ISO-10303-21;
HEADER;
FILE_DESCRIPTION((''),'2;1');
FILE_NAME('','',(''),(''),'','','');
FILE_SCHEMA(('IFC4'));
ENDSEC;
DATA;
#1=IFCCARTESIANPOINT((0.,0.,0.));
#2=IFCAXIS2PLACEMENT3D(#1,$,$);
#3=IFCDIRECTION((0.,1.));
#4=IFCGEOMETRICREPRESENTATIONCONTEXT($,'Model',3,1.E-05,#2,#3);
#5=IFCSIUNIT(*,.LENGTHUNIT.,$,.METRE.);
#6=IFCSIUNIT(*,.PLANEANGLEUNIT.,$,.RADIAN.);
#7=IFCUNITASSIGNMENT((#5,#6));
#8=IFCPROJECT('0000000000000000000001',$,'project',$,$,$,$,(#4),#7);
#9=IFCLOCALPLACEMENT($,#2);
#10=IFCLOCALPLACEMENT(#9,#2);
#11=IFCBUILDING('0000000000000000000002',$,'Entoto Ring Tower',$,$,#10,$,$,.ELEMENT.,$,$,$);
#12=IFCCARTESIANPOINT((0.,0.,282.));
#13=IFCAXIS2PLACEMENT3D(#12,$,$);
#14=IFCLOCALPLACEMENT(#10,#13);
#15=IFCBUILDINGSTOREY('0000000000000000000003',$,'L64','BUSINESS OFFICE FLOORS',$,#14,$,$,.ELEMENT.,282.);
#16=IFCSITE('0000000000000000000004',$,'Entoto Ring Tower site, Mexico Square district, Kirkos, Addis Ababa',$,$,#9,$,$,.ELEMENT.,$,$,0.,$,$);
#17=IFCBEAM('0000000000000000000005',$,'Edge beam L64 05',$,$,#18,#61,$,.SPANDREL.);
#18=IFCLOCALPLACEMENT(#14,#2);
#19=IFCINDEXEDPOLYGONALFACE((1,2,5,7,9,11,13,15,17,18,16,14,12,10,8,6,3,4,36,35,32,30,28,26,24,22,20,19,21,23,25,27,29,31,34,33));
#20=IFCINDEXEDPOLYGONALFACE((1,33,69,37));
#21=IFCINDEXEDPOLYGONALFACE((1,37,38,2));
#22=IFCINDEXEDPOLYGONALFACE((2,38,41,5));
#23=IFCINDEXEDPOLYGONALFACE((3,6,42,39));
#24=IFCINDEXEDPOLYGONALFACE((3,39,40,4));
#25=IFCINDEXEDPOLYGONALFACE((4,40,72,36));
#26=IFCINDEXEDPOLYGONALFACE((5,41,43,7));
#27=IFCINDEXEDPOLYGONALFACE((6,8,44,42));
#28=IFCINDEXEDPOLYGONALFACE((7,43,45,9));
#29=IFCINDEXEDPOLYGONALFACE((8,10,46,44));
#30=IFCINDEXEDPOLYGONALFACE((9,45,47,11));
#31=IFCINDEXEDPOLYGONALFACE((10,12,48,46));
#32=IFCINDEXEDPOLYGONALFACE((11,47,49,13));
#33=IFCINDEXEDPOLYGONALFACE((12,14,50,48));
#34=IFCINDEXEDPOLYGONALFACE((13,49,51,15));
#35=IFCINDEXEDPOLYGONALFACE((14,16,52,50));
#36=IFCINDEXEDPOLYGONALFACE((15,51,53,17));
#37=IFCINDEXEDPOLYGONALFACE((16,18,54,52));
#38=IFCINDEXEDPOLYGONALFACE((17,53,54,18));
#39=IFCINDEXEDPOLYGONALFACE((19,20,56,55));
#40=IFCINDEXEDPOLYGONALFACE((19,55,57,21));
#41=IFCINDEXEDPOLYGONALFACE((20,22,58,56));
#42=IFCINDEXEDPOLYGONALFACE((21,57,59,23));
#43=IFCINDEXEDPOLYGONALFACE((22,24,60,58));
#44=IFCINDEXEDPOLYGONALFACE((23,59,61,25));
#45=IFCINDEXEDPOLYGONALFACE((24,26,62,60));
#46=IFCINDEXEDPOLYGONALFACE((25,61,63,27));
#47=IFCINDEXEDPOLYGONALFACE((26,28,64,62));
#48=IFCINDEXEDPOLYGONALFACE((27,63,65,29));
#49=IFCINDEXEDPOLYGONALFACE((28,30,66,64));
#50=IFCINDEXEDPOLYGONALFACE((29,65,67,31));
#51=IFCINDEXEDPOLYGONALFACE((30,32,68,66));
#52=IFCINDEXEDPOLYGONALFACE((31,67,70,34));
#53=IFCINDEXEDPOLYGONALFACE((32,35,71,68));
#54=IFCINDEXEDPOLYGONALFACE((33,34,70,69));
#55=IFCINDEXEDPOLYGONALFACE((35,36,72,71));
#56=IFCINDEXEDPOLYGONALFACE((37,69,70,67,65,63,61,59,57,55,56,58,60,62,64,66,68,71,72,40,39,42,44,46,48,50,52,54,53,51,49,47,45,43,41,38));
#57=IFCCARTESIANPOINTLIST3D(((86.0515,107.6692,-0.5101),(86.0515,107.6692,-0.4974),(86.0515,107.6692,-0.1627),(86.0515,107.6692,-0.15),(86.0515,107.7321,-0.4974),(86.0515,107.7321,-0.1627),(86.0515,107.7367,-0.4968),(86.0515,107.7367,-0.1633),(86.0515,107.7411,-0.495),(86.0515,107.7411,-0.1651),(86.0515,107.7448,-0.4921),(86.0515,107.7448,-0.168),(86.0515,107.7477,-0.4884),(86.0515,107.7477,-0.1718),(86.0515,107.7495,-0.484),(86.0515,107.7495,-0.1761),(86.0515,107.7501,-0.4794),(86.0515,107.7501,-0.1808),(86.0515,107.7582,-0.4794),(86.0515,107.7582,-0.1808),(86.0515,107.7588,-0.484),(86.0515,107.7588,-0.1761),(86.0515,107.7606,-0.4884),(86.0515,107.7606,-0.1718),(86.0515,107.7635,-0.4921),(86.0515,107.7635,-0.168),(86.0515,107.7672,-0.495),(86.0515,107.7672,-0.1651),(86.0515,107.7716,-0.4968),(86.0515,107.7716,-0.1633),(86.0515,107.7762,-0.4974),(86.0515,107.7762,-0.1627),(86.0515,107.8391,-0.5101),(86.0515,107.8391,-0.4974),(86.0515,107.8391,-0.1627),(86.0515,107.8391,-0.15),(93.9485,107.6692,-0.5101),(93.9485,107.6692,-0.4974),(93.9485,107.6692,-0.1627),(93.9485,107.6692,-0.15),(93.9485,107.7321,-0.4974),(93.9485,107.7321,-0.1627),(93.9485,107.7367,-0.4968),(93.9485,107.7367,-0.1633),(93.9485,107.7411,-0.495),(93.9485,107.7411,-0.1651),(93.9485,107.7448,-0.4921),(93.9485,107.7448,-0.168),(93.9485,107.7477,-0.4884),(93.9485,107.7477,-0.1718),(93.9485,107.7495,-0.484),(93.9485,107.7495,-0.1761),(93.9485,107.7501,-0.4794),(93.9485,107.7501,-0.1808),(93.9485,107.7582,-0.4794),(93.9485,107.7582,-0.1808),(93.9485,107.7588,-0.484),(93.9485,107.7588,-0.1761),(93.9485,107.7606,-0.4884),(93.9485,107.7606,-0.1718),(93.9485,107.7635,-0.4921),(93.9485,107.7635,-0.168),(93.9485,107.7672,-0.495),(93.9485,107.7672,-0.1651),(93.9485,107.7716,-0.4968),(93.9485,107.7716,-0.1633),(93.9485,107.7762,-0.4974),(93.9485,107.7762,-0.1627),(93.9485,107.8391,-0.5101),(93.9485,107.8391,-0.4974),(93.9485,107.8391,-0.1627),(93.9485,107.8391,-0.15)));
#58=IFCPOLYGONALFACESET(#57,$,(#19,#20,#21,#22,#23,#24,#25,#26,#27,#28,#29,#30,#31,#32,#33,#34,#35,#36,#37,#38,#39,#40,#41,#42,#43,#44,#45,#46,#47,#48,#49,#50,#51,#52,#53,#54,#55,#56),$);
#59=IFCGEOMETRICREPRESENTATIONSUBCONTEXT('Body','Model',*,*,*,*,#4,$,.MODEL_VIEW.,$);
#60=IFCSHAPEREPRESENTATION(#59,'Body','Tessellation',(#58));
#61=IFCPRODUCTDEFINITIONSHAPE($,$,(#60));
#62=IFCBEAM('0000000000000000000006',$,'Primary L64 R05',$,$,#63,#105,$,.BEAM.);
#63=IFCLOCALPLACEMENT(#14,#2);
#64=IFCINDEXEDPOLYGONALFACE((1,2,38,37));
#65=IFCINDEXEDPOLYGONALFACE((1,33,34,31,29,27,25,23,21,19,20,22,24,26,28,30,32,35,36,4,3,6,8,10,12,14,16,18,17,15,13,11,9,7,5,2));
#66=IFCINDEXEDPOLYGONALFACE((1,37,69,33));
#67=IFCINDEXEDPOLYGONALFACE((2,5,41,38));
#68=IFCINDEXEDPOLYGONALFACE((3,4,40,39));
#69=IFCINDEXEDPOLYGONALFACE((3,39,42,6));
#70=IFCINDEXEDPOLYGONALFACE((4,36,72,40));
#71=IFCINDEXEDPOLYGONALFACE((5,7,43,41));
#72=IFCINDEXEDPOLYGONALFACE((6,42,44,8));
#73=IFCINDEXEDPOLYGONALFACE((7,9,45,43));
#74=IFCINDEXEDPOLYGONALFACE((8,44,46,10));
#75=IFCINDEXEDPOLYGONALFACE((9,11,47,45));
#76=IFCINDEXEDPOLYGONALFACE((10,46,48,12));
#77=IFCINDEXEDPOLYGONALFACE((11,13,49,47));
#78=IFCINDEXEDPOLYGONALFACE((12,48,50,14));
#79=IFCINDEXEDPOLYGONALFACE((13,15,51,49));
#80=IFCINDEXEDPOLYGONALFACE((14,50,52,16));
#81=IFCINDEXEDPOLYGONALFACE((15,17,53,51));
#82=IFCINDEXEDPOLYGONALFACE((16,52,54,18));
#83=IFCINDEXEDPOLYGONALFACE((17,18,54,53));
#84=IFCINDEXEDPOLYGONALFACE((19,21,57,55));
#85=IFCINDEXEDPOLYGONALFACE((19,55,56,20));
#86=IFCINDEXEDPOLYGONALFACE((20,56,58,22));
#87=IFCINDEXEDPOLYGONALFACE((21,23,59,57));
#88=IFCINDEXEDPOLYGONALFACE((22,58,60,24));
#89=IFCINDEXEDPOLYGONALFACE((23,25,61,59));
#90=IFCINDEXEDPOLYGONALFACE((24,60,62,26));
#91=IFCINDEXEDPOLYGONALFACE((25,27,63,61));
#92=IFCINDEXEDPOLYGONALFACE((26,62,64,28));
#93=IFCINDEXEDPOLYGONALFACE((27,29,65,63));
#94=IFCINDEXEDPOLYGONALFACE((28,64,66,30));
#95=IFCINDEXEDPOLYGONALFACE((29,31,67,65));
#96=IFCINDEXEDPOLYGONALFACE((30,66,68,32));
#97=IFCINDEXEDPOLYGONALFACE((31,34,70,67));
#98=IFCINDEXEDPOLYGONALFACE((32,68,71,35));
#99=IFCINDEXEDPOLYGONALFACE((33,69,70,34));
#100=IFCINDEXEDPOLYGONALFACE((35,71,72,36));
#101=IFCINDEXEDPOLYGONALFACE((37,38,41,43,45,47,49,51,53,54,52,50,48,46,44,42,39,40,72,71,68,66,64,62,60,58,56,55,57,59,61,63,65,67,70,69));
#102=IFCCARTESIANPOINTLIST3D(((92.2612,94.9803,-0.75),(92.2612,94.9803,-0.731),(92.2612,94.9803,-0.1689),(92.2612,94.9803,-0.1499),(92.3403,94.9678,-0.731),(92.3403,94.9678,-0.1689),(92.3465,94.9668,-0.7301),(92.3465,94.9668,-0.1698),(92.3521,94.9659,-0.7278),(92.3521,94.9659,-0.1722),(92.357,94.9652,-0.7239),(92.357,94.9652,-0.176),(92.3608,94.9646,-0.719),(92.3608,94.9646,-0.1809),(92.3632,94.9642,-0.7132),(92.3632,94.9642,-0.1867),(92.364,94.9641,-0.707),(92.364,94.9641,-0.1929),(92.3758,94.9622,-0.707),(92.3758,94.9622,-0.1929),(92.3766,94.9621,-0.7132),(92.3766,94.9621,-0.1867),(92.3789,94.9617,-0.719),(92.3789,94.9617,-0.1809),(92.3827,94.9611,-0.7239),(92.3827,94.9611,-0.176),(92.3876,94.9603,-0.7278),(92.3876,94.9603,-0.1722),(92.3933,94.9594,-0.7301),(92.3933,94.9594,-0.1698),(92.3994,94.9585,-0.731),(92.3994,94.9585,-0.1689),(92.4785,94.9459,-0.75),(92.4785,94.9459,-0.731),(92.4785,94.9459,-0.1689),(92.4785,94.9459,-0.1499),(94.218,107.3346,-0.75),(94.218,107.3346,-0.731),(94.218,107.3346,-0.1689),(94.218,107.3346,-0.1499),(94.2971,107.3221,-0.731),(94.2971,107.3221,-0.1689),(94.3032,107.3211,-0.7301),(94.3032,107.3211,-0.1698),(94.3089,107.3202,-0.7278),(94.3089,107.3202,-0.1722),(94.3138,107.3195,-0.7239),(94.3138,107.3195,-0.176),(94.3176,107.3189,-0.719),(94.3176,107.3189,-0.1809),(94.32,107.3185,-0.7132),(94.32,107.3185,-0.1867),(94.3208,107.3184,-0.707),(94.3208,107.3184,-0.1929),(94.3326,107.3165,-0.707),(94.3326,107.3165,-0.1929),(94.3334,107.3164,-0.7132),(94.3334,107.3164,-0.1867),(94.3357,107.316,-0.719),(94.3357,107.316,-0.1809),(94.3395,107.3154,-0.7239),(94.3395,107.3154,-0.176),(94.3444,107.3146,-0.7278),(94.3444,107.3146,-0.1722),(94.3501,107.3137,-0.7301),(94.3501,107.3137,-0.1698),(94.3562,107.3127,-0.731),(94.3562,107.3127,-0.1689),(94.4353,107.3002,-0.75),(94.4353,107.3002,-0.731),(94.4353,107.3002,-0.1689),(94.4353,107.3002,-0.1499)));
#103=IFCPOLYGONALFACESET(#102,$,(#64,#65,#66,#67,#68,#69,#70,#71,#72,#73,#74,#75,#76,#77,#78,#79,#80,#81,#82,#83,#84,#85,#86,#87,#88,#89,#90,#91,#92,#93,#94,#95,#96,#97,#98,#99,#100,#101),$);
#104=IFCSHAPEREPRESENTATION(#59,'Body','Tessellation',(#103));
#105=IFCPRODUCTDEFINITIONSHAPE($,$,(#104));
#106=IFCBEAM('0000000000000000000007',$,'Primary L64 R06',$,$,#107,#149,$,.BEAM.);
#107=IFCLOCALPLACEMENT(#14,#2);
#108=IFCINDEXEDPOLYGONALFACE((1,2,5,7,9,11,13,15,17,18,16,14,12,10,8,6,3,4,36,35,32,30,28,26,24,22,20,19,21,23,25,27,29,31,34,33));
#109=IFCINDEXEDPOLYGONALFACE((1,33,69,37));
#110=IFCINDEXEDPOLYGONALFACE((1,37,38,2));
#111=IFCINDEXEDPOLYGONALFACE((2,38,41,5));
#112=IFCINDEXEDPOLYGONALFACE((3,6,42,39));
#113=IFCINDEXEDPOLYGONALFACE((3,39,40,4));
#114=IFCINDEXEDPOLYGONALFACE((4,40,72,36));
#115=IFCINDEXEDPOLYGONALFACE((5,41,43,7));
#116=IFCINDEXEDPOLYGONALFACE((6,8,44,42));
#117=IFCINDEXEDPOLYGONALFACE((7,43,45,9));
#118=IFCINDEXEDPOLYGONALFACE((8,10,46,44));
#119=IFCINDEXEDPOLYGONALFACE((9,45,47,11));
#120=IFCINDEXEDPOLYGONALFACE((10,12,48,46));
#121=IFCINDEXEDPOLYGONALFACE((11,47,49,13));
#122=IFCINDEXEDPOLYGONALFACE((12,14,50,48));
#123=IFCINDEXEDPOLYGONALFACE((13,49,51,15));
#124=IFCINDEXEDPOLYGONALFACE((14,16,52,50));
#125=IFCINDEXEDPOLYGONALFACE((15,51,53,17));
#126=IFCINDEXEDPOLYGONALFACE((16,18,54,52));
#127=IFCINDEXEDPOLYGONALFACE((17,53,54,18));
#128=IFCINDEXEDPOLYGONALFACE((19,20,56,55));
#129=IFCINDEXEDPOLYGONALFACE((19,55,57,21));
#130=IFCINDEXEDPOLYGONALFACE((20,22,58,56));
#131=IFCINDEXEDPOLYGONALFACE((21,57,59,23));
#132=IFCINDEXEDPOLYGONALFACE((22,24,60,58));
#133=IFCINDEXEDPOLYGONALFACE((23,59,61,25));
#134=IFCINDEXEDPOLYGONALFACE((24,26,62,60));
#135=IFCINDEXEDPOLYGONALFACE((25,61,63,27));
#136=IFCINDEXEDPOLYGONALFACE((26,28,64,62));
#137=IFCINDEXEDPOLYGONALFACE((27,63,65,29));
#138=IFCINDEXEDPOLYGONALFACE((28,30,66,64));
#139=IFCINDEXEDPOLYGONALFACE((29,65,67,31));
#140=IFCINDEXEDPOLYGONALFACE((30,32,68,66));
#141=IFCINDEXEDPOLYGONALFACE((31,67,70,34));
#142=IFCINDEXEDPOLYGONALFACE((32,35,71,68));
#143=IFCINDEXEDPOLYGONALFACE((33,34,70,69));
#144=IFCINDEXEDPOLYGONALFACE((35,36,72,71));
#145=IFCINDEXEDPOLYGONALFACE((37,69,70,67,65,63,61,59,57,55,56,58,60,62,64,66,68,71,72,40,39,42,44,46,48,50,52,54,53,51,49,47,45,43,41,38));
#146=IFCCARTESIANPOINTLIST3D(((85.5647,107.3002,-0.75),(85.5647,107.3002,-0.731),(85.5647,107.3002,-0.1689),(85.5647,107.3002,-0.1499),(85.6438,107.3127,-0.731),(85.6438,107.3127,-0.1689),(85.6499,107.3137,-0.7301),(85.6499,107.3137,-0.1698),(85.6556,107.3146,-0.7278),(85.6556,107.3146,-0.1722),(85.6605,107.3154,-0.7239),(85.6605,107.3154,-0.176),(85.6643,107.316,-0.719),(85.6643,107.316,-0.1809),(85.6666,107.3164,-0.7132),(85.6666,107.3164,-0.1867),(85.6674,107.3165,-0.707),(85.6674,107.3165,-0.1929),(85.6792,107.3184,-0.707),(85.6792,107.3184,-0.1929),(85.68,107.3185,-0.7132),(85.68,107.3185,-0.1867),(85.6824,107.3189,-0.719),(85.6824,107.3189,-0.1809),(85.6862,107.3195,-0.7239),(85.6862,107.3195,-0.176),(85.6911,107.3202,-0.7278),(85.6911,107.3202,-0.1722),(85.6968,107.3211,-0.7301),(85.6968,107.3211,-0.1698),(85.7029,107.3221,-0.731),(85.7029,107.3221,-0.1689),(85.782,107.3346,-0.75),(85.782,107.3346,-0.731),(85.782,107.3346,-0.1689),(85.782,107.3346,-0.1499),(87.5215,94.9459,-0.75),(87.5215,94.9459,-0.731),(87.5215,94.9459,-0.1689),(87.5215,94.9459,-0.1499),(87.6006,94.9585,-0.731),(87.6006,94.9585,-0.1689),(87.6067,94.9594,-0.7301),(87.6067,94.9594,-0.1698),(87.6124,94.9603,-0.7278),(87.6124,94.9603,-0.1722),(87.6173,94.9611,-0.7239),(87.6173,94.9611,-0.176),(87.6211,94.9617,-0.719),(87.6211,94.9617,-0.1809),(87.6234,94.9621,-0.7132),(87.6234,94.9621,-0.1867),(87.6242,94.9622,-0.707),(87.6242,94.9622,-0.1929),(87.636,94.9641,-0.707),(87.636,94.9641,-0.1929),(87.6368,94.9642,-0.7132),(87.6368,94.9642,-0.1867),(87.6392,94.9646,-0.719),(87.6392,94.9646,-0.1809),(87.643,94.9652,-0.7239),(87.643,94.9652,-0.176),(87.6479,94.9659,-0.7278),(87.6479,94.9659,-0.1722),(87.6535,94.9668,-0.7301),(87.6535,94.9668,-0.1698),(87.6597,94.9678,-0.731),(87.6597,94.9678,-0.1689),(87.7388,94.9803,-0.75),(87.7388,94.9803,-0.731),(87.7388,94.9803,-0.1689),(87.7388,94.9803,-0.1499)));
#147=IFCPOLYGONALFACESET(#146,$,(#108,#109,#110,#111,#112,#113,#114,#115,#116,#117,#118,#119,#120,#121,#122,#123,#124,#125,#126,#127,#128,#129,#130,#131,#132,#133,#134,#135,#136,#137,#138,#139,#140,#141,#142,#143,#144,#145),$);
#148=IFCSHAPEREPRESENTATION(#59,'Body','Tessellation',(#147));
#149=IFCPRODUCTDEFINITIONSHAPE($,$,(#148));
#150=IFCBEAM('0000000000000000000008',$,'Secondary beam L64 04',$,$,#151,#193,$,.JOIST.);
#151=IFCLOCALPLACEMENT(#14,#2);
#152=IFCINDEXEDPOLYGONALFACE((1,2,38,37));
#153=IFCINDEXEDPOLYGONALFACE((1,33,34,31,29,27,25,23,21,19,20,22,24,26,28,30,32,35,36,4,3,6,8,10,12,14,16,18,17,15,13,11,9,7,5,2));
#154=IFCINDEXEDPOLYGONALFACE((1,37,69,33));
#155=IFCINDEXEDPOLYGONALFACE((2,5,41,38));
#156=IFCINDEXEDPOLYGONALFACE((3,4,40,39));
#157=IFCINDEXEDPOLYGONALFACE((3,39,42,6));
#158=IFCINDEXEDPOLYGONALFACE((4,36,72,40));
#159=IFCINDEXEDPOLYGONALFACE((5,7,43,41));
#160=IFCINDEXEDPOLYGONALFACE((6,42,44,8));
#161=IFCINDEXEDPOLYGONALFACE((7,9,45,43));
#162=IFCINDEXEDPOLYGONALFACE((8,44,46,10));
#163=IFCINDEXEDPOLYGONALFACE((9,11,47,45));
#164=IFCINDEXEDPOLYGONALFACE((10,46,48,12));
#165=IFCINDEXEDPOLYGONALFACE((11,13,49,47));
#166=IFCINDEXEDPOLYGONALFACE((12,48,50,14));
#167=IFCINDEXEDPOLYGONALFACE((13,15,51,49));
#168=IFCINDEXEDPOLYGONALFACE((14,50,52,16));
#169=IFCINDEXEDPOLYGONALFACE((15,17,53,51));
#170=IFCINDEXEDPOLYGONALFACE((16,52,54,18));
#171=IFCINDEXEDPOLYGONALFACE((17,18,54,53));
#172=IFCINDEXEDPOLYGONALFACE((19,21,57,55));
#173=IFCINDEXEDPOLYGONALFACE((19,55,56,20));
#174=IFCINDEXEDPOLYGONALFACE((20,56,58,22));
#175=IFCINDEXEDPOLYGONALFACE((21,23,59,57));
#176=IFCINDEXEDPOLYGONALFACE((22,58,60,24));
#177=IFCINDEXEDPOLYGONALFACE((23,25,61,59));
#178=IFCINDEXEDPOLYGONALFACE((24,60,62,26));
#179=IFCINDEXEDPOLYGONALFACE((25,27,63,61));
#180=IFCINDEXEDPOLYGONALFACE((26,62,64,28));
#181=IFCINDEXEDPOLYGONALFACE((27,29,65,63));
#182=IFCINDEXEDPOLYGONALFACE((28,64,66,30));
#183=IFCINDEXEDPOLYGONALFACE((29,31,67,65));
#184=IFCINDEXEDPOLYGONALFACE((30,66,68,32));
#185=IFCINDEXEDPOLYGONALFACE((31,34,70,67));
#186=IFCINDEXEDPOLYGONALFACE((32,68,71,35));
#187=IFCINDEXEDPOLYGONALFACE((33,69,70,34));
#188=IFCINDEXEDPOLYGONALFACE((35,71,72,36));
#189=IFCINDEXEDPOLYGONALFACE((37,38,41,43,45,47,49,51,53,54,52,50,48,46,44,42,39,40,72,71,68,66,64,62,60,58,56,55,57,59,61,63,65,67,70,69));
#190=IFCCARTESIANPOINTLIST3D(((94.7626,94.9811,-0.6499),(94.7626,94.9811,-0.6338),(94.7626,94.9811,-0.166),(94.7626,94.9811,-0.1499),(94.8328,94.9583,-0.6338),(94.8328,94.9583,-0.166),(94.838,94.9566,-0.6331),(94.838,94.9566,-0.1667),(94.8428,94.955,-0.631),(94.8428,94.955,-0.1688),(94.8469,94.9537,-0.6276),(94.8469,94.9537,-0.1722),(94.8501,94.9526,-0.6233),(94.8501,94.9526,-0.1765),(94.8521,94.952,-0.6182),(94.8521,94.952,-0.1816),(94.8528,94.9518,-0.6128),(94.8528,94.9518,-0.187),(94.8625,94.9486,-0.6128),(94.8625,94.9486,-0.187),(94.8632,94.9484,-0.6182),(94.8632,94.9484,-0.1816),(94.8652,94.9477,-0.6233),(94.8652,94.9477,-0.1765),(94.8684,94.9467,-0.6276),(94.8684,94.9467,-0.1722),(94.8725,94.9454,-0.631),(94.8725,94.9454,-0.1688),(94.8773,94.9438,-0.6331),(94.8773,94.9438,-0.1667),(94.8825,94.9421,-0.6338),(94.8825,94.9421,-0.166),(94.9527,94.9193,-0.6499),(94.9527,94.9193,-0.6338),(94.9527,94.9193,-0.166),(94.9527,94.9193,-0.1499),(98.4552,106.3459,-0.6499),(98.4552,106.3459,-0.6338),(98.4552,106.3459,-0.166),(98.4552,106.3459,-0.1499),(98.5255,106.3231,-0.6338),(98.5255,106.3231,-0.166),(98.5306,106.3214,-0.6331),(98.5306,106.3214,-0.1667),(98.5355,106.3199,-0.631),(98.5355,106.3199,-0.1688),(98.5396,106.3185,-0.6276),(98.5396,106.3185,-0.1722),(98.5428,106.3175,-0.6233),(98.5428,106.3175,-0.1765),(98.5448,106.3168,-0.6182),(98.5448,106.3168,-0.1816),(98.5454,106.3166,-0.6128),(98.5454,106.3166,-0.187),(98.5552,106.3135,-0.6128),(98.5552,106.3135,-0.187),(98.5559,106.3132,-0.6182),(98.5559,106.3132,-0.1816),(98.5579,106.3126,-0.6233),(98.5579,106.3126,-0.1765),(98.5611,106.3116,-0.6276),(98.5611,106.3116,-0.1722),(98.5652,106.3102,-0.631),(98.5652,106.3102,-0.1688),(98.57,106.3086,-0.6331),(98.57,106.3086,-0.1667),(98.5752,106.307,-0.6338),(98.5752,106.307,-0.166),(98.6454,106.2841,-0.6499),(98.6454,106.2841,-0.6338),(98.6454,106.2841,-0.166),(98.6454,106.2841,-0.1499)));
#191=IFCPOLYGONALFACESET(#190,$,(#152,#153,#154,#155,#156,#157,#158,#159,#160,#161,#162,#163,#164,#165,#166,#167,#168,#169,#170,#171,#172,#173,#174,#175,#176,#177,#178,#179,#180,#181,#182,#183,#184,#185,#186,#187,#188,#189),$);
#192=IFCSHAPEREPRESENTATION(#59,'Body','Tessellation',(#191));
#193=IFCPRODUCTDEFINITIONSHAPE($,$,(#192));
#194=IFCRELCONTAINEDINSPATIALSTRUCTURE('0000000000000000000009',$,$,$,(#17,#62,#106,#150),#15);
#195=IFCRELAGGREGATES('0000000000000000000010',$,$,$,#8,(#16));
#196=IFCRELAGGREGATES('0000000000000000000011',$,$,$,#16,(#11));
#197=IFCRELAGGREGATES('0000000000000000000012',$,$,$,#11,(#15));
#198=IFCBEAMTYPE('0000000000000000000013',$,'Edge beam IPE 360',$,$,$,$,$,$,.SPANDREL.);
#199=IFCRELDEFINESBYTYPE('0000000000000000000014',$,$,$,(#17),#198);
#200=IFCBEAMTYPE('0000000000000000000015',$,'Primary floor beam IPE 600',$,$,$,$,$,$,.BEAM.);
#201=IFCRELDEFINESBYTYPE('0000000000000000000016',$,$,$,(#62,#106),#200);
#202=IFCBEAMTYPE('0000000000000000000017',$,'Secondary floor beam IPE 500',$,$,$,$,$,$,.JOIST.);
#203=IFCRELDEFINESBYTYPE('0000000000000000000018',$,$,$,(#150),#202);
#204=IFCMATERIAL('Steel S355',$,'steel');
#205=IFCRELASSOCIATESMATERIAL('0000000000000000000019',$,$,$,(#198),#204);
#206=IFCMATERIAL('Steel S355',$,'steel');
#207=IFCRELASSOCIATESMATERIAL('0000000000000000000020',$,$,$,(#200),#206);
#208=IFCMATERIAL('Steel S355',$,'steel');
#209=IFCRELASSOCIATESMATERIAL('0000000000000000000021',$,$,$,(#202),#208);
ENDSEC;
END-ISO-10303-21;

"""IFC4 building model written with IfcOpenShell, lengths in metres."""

from ifc_helpers import new_model, si_unit, direction, frame, origin, origin_2d, place, context, subcontext, project, spatial, i_section, extrude, material, material_profile, profile_set, type_object, element, save


model = new_model("IFC4")

# Units and contexts
model_context = context("Model", 3, precision=1e-05, world=origin(), true_north=direction((0.0, 1.0)))
body_context = subcontext(model_context, "Body", "Model", "MODEL_VIEW")
ifc_project = project(units=[si_unit("LENGTHUNIT", "METRE"), si_unit("PLANEANGLEUNIT", "RADIAN")], contexts=[model_context])

# Site, building, storey
site_placement = place(None, origin())
site = spatial("IfcSite", under=ifc_project, at=site_placement, Name="Entoto Ring Tower site, Mexico Square district, Kirkos, Addis Ababa", CompositionType="ELEMENT", RefElevation=0.0)
building_placement = place(site_placement, origin())
building = spatial("IfcBuilding", under=site, at=building_placement, Name="Entoto Ring Tower", CompositionType="ELEMENT")
storey_placement = place(building_placement, frame((0.0, 0.0, 282.0)))
storey = spatial("IfcBuildingStorey", under=building, at=storey_placement, Name="L64", Description="BUSINESS OFFICE FLOORS", CompositionType="ELEMENT", Elevation=282.0)

# Beams
ifc_material_1 = material(Name="Steel S355", Category="steel")
ifc_material_profile_1 = material_profile(ifc_material_1, i_section(OverallWidth=0.1699, OverallDepth=0.3601, WebThickness=0.0081, FlangeThickness=0.0127, FilletRadius=0.0181, at=origin_2d()), Name="IPE 360")
ifc_profile_set_1 = profile_set([ifc_material_profile_1], Name="Steel S355")
beam_type_1 = type_object("IfcBeamType", Name="Edge beam IPE 360", PredefinedType="SPANDREL", material=ifc_profile_set_1)
beam_1_placement = place(storey_placement, frame((93.9485, 107.7542, -0.3301), z_axis=(-1.0, 0.0, 0.0), x_axis=(0.0, -1.0, 0.0)))
element("IfcBeam", 1, at=beam_1_placement, inside=storey, type_object=beam_type_1, Name="Edge beam L64 05", PredefinedType="SPANDREL", context=body_context, shape_type="SweptSolid", body=[
    extrude(i_section(OverallWidth=0.1699, OverallDepth=0.3601, WebThickness=0.0081, FlangeThickness=0.0127, FilletRadius=0.0181, at=origin_2d()), origin(), (0.0, 0.0, 1.0), 7.897),
])
ifc_material_2 = material(Name="Steel S355", Category="steel")
ifc_material_profile_2 = material_profile(ifc_material_2, i_section(OverallWidth=0.22, OverallDepth=0.6001, WebThickness=0.012, FlangeThickness=0.019, FilletRadius=0.0239, at=origin_2d()), Name="IPE 600")
ifc_profile_set_2 = profile_set([ifc_material_profile_2], Name="Steel S355")
beam_type_2 = type_object("IfcBeamType", Name="Primary floor beam IPE 600", PredefinedType="BEAM", material=ifc_profile_set_2)
for number, where, z_axis, x_axis, name in (
    (2, (92.3699, 94.9631, -0.45), (0.15644, 0.987688, 0.0), (-0.987688, 0.15644, 0.0), "Primary L64 R05"),
    (3, (87.6301, 94.9631, -0.45), (-0.15644, 0.987688, 0.0), (-0.987688, -0.15644, 0.0), "Primary L64 R06"),
):
    element("IfcBeam", number, at=place(storey_placement, frame(where, z_axis=z_axis, x_axis=x_axis)), inside=storey, type_object=beam_type_2, Name=name, PredefinedType="BEAM", context=body_context, shape_type="SweptSolid", body=[
        extrude(i_section(OverallWidth=0.22, OverallDepth=0.6001, WebThickness=0.012, FlangeThickness=0.019, FilletRadius=0.0239, at=origin_2d()), origin(), (0.0, 0.0, 1.0), 12.5083),
    ])
ifc_material_3 = material(Name="Steel S355", Category="steel")
ifc_material_profile_3 = material_profile(ifc_material_3, i_section(OverallWidth=0.2, OverallDepth=0.5, WebThickness=0.0103, FlangeThickness=0.0161, FilletRadius=0.021, at=origin_2d()), Name="IPE 500")
ifc_profile_set_3 = profile_set([ifc_material_profile_3], Name="Steel S355")
beam_type_3 = type_object("IfcBeamType", Name="Secondary floor beam IPE 500", PredefinedType="JOIST", material=ifc_profile_set_3)
beam_2_placement = place(storey_placement, frame((94.8577, 94.9502, -0.3999), z_axis=(0.309017, 0.951057, 0.0), x_axis=(-0.951057, 0.309017, 0.0)))
element("IfcBeam", 4, at=beam_2_placement, inside=storey, type_object=beam_type_3, Name="Secondary beam L64 04", PredefinedType="JOIST", context=body_context, shape_type="SweptSolid", body=[
    extrude(i_section(OverallWidth=0.2, OverallDepth=0.5, WebThickness=0.0103, FlangeThickness=0.0161, FilletRadius=0.021, at=origin_2d()), origin(), (0.0, 0.0, 1.0), 11.9497),
])

save(model, "model.ifc")
